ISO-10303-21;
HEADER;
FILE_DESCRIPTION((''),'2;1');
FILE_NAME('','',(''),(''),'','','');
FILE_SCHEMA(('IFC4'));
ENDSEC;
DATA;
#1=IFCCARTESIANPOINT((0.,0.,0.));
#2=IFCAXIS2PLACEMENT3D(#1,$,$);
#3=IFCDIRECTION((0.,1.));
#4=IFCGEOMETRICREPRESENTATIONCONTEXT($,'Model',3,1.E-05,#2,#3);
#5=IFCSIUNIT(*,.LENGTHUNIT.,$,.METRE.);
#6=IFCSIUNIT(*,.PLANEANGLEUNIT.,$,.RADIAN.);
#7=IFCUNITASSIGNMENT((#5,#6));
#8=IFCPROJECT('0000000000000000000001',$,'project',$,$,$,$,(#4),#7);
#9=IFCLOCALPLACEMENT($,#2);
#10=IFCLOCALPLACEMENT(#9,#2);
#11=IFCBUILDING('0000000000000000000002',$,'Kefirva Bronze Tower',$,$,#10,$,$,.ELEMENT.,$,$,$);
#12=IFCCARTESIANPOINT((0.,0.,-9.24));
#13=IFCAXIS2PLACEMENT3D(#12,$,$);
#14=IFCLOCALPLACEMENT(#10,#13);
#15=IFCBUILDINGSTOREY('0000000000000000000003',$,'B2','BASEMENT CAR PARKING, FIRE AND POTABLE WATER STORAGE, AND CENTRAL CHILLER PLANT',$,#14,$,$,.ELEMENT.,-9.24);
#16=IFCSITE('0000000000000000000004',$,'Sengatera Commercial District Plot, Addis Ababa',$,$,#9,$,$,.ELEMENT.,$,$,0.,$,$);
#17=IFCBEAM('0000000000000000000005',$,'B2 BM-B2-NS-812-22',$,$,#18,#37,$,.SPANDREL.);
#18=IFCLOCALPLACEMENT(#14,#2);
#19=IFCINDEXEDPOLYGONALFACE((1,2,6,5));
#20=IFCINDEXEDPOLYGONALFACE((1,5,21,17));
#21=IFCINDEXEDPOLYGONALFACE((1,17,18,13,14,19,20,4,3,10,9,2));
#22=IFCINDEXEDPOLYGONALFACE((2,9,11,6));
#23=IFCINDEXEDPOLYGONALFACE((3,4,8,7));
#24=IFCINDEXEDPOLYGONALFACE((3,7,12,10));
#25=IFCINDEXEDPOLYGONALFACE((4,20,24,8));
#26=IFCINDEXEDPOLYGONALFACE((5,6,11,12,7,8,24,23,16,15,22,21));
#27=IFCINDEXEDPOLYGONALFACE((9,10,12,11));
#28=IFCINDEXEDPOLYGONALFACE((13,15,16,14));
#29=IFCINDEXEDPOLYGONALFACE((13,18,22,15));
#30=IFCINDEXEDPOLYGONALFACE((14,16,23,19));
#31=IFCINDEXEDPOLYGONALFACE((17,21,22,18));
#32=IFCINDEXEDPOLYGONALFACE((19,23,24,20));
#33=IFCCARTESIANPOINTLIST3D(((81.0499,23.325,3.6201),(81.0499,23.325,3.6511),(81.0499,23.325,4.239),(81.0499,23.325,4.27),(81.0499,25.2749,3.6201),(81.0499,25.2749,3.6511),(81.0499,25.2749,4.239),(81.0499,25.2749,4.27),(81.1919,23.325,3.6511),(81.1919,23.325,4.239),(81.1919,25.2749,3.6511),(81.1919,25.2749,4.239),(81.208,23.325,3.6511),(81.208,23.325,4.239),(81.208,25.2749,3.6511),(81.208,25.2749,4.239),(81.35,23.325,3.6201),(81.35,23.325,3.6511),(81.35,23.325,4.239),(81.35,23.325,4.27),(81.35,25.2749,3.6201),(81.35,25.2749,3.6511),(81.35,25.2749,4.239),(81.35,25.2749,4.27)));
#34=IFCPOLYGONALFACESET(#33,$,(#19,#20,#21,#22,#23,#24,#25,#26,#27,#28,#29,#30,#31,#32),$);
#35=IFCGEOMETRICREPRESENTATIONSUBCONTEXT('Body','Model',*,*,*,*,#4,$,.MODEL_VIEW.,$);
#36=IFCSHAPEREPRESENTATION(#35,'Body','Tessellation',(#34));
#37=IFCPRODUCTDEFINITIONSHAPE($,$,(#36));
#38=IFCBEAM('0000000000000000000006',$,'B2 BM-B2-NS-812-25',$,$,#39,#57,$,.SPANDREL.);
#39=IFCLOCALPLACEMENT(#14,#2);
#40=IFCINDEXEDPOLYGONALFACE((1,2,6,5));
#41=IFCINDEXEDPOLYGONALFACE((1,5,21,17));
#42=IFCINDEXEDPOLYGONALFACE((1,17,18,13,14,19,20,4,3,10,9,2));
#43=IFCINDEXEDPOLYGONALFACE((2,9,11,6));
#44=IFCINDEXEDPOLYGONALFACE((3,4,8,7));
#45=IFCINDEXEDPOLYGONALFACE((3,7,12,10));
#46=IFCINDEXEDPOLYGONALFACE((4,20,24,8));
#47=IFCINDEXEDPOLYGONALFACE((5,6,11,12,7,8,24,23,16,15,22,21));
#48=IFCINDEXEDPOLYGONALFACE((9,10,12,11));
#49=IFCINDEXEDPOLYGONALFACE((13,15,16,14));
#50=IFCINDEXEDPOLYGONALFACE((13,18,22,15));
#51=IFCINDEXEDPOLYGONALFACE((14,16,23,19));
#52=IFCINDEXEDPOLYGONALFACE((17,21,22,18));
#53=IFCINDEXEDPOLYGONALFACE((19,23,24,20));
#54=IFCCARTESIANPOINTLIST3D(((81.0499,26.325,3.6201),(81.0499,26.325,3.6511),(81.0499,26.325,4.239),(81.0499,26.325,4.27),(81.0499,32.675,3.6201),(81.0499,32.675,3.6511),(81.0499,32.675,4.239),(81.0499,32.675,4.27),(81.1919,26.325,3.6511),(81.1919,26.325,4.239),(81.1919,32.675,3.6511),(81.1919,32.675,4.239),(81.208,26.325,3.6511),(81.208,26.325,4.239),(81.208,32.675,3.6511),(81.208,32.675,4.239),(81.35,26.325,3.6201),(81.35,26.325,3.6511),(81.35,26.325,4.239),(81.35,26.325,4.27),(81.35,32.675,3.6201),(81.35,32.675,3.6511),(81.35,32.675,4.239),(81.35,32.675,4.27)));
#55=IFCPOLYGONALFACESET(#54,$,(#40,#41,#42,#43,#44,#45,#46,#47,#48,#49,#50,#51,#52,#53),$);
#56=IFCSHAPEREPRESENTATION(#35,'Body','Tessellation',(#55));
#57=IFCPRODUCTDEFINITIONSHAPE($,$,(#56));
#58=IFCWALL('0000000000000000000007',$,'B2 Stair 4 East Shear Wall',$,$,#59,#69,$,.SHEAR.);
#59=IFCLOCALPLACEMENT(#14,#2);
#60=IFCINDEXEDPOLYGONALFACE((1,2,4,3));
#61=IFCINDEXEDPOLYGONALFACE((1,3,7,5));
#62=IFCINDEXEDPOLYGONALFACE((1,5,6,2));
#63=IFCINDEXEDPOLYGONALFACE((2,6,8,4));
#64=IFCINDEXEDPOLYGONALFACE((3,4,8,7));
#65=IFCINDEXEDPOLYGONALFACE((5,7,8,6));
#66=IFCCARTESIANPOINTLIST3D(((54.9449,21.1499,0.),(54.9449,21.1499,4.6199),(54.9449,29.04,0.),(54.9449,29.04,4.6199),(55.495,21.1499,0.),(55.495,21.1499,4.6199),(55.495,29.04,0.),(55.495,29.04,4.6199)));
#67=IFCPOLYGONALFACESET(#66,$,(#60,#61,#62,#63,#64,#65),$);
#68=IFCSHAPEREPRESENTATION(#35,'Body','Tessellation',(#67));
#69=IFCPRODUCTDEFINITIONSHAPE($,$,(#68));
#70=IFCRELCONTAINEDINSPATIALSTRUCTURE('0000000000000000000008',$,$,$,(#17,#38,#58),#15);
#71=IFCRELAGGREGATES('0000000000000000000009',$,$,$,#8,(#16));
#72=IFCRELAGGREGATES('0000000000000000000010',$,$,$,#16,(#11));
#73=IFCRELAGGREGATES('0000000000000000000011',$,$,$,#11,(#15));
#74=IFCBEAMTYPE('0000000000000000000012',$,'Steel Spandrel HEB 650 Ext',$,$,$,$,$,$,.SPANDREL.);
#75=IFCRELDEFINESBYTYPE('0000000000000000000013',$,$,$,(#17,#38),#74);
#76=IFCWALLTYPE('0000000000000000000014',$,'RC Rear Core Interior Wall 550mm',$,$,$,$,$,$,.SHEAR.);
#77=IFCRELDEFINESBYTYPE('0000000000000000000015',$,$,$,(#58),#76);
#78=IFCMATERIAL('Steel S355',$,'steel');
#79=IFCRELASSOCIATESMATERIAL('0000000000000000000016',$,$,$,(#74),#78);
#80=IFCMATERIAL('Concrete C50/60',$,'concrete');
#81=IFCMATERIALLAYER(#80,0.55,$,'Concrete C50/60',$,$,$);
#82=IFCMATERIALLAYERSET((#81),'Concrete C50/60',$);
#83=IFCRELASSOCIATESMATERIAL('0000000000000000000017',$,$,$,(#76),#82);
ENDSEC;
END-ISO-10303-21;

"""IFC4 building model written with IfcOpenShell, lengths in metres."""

from ifc_helpers import new_model, si_unit, direction, frame, frame_2d, origin, origin_2d, place, context, subcontext, project, spatial, rectangle, i_section, extrude, material, layer, layer_set, material_profile, profile_set, type_object, element, save


model = new_model("IFC4")

# Units and contexts
model_context = context("Model", 3, precision=1e-05, world=origin(), true_north=direction((0.0, 1.0)))
body_context = subcontext(model_context, "Body", "Model", "MODEL_VIEW")
ifc_project = project(units=[si_unit("LENGTHUNIT", "METRE"), si_unit("PLANEANGLEUNIT", "RADIAN")], contexts=[model_context])

# Site, building, storey
site_placement = place(None, origin())
site = spatial("IfcSite", under=ifc_project, at=site_placement, Name="Sengatera Commercial District Plot, Addis Ababa", CompositionType="ELEMENT", RefElevation=0.0)
building_placement = place(site_placement, origin())
building = spatial("IfcBuilding", under=site, at=building_placement, Name="Kefirva Bronze Tower", CompositionType="ELEMENT")
storey_placement = place(building_placement, frame((0.0, 0.0, -9.24)))
storey = spatial("IfcBuildingStorey", under=building, at=storey_placement, Name="B2", Description="BASEMENT CAR PARKING, FIRE AND POTABLE WATER STORAGE, AND CENTRAL CHILLER PLANT", CompositionType="ELEMENT", Elevation=-9.24)

# Beams
ifc_material_1 = material(Name="Steel S355", Category="steel")
ifc_material_profile_1 = material_profile(ifc_material_1, i_section(OverallWidth=0.3, OverallDepth=0.6499, WebThickness=0.0161, FlangeThickness=0.031, at=origin_2d()), Name="HEB 650")
ifc_profile_set_1 = profile_set([ifc_material_profile_1], Name="Steel S355")
beam_type_1 = type_object("IfcBeamType", Name="Steel Spandrel HEB 650 Ext", PredefinedType="SPANDREL", material=ifc_profile_set_1)
beam_1_placement = place(storey_placement, frame((81.2, 23.325, 3.9451), z_axis=(0.0, 1.0, 0.0), x_axis=(-1.0, 0.0, 0.0)))
element("IfcBeam", 1, at=beam_1_placement, inside=storey, type_object=beam_type_1, Name="B2 BM-B2-NS-812-22", PredefinedType="SPANDREL", context=body_context, shape_type="SweptSolid", body=[
    extrude(i_section(OverallWidth=0.3, OverallDepth=0.6499, WebThickness=0.0161, FlangeThickness=0.031, at=origin_2d()), origin(), (0.0, 0.0, 1.0), 1.95),
])
beam_2_placement = place(storey_placement, frame((81.2, 26.325, 3.9451), z_axis=(0.0, 1.0, 0.0), x_axis=(-1.0, 0.0, 0.0)))
element("IfcBeam", 2, at=beam_2_placement, inside=storey, type_object=beam_type_1, Name="B2 BM-B2-NS-812-25", PredefinedType="SPANDREL", context=body_context, shape_type="SweptSolid", body=[
    extrude(i_section(OverallWidth=0.3, OverallDepth=0.6499, WebThickness=0.0161, FlangeThickness=0.031, at=origin_2d()), origin(), (0.0, 0.0, 1.0), 6.3501),
])

# Wall
ifc_material_2 = material(Name="Concrete C50/60", Category="concrete")
ifc_layer = layer(ifc_material_2, 0.55, Name="Concrete C50/60")
ifc_layer_set = layer_set([ifc_layer], Name="Concrete C50/60")
wall_type = type_object("IfcWallType", Name="RC Rear Core Interior Wall 550mm", PredefinedType="SHEAR", material=ifc_layer_set)
wall_placement = place(storey_placement, frame((55.22, 21.1499, 0.0), z_axis=(0.0, 0.0, 1.0), x_axis=(0.0, 1.0, 0.0)))
element("IfcWall", 3, at=wall_placement, inside=storey, type_object=wall_type, Name="B2 Stair 4 East Shear Wall", PredefinedType="SHEAR", context=body_context, shape_type="SweptSolid", body=[
    extrude(rectangle(XDim=7.8901, YDim=0.55, at=frame_2d((3.9451, 0.0))), origin(), (0.0, 0.0, 1.0), 4.6199),
])

save(model, "model.ifc")
